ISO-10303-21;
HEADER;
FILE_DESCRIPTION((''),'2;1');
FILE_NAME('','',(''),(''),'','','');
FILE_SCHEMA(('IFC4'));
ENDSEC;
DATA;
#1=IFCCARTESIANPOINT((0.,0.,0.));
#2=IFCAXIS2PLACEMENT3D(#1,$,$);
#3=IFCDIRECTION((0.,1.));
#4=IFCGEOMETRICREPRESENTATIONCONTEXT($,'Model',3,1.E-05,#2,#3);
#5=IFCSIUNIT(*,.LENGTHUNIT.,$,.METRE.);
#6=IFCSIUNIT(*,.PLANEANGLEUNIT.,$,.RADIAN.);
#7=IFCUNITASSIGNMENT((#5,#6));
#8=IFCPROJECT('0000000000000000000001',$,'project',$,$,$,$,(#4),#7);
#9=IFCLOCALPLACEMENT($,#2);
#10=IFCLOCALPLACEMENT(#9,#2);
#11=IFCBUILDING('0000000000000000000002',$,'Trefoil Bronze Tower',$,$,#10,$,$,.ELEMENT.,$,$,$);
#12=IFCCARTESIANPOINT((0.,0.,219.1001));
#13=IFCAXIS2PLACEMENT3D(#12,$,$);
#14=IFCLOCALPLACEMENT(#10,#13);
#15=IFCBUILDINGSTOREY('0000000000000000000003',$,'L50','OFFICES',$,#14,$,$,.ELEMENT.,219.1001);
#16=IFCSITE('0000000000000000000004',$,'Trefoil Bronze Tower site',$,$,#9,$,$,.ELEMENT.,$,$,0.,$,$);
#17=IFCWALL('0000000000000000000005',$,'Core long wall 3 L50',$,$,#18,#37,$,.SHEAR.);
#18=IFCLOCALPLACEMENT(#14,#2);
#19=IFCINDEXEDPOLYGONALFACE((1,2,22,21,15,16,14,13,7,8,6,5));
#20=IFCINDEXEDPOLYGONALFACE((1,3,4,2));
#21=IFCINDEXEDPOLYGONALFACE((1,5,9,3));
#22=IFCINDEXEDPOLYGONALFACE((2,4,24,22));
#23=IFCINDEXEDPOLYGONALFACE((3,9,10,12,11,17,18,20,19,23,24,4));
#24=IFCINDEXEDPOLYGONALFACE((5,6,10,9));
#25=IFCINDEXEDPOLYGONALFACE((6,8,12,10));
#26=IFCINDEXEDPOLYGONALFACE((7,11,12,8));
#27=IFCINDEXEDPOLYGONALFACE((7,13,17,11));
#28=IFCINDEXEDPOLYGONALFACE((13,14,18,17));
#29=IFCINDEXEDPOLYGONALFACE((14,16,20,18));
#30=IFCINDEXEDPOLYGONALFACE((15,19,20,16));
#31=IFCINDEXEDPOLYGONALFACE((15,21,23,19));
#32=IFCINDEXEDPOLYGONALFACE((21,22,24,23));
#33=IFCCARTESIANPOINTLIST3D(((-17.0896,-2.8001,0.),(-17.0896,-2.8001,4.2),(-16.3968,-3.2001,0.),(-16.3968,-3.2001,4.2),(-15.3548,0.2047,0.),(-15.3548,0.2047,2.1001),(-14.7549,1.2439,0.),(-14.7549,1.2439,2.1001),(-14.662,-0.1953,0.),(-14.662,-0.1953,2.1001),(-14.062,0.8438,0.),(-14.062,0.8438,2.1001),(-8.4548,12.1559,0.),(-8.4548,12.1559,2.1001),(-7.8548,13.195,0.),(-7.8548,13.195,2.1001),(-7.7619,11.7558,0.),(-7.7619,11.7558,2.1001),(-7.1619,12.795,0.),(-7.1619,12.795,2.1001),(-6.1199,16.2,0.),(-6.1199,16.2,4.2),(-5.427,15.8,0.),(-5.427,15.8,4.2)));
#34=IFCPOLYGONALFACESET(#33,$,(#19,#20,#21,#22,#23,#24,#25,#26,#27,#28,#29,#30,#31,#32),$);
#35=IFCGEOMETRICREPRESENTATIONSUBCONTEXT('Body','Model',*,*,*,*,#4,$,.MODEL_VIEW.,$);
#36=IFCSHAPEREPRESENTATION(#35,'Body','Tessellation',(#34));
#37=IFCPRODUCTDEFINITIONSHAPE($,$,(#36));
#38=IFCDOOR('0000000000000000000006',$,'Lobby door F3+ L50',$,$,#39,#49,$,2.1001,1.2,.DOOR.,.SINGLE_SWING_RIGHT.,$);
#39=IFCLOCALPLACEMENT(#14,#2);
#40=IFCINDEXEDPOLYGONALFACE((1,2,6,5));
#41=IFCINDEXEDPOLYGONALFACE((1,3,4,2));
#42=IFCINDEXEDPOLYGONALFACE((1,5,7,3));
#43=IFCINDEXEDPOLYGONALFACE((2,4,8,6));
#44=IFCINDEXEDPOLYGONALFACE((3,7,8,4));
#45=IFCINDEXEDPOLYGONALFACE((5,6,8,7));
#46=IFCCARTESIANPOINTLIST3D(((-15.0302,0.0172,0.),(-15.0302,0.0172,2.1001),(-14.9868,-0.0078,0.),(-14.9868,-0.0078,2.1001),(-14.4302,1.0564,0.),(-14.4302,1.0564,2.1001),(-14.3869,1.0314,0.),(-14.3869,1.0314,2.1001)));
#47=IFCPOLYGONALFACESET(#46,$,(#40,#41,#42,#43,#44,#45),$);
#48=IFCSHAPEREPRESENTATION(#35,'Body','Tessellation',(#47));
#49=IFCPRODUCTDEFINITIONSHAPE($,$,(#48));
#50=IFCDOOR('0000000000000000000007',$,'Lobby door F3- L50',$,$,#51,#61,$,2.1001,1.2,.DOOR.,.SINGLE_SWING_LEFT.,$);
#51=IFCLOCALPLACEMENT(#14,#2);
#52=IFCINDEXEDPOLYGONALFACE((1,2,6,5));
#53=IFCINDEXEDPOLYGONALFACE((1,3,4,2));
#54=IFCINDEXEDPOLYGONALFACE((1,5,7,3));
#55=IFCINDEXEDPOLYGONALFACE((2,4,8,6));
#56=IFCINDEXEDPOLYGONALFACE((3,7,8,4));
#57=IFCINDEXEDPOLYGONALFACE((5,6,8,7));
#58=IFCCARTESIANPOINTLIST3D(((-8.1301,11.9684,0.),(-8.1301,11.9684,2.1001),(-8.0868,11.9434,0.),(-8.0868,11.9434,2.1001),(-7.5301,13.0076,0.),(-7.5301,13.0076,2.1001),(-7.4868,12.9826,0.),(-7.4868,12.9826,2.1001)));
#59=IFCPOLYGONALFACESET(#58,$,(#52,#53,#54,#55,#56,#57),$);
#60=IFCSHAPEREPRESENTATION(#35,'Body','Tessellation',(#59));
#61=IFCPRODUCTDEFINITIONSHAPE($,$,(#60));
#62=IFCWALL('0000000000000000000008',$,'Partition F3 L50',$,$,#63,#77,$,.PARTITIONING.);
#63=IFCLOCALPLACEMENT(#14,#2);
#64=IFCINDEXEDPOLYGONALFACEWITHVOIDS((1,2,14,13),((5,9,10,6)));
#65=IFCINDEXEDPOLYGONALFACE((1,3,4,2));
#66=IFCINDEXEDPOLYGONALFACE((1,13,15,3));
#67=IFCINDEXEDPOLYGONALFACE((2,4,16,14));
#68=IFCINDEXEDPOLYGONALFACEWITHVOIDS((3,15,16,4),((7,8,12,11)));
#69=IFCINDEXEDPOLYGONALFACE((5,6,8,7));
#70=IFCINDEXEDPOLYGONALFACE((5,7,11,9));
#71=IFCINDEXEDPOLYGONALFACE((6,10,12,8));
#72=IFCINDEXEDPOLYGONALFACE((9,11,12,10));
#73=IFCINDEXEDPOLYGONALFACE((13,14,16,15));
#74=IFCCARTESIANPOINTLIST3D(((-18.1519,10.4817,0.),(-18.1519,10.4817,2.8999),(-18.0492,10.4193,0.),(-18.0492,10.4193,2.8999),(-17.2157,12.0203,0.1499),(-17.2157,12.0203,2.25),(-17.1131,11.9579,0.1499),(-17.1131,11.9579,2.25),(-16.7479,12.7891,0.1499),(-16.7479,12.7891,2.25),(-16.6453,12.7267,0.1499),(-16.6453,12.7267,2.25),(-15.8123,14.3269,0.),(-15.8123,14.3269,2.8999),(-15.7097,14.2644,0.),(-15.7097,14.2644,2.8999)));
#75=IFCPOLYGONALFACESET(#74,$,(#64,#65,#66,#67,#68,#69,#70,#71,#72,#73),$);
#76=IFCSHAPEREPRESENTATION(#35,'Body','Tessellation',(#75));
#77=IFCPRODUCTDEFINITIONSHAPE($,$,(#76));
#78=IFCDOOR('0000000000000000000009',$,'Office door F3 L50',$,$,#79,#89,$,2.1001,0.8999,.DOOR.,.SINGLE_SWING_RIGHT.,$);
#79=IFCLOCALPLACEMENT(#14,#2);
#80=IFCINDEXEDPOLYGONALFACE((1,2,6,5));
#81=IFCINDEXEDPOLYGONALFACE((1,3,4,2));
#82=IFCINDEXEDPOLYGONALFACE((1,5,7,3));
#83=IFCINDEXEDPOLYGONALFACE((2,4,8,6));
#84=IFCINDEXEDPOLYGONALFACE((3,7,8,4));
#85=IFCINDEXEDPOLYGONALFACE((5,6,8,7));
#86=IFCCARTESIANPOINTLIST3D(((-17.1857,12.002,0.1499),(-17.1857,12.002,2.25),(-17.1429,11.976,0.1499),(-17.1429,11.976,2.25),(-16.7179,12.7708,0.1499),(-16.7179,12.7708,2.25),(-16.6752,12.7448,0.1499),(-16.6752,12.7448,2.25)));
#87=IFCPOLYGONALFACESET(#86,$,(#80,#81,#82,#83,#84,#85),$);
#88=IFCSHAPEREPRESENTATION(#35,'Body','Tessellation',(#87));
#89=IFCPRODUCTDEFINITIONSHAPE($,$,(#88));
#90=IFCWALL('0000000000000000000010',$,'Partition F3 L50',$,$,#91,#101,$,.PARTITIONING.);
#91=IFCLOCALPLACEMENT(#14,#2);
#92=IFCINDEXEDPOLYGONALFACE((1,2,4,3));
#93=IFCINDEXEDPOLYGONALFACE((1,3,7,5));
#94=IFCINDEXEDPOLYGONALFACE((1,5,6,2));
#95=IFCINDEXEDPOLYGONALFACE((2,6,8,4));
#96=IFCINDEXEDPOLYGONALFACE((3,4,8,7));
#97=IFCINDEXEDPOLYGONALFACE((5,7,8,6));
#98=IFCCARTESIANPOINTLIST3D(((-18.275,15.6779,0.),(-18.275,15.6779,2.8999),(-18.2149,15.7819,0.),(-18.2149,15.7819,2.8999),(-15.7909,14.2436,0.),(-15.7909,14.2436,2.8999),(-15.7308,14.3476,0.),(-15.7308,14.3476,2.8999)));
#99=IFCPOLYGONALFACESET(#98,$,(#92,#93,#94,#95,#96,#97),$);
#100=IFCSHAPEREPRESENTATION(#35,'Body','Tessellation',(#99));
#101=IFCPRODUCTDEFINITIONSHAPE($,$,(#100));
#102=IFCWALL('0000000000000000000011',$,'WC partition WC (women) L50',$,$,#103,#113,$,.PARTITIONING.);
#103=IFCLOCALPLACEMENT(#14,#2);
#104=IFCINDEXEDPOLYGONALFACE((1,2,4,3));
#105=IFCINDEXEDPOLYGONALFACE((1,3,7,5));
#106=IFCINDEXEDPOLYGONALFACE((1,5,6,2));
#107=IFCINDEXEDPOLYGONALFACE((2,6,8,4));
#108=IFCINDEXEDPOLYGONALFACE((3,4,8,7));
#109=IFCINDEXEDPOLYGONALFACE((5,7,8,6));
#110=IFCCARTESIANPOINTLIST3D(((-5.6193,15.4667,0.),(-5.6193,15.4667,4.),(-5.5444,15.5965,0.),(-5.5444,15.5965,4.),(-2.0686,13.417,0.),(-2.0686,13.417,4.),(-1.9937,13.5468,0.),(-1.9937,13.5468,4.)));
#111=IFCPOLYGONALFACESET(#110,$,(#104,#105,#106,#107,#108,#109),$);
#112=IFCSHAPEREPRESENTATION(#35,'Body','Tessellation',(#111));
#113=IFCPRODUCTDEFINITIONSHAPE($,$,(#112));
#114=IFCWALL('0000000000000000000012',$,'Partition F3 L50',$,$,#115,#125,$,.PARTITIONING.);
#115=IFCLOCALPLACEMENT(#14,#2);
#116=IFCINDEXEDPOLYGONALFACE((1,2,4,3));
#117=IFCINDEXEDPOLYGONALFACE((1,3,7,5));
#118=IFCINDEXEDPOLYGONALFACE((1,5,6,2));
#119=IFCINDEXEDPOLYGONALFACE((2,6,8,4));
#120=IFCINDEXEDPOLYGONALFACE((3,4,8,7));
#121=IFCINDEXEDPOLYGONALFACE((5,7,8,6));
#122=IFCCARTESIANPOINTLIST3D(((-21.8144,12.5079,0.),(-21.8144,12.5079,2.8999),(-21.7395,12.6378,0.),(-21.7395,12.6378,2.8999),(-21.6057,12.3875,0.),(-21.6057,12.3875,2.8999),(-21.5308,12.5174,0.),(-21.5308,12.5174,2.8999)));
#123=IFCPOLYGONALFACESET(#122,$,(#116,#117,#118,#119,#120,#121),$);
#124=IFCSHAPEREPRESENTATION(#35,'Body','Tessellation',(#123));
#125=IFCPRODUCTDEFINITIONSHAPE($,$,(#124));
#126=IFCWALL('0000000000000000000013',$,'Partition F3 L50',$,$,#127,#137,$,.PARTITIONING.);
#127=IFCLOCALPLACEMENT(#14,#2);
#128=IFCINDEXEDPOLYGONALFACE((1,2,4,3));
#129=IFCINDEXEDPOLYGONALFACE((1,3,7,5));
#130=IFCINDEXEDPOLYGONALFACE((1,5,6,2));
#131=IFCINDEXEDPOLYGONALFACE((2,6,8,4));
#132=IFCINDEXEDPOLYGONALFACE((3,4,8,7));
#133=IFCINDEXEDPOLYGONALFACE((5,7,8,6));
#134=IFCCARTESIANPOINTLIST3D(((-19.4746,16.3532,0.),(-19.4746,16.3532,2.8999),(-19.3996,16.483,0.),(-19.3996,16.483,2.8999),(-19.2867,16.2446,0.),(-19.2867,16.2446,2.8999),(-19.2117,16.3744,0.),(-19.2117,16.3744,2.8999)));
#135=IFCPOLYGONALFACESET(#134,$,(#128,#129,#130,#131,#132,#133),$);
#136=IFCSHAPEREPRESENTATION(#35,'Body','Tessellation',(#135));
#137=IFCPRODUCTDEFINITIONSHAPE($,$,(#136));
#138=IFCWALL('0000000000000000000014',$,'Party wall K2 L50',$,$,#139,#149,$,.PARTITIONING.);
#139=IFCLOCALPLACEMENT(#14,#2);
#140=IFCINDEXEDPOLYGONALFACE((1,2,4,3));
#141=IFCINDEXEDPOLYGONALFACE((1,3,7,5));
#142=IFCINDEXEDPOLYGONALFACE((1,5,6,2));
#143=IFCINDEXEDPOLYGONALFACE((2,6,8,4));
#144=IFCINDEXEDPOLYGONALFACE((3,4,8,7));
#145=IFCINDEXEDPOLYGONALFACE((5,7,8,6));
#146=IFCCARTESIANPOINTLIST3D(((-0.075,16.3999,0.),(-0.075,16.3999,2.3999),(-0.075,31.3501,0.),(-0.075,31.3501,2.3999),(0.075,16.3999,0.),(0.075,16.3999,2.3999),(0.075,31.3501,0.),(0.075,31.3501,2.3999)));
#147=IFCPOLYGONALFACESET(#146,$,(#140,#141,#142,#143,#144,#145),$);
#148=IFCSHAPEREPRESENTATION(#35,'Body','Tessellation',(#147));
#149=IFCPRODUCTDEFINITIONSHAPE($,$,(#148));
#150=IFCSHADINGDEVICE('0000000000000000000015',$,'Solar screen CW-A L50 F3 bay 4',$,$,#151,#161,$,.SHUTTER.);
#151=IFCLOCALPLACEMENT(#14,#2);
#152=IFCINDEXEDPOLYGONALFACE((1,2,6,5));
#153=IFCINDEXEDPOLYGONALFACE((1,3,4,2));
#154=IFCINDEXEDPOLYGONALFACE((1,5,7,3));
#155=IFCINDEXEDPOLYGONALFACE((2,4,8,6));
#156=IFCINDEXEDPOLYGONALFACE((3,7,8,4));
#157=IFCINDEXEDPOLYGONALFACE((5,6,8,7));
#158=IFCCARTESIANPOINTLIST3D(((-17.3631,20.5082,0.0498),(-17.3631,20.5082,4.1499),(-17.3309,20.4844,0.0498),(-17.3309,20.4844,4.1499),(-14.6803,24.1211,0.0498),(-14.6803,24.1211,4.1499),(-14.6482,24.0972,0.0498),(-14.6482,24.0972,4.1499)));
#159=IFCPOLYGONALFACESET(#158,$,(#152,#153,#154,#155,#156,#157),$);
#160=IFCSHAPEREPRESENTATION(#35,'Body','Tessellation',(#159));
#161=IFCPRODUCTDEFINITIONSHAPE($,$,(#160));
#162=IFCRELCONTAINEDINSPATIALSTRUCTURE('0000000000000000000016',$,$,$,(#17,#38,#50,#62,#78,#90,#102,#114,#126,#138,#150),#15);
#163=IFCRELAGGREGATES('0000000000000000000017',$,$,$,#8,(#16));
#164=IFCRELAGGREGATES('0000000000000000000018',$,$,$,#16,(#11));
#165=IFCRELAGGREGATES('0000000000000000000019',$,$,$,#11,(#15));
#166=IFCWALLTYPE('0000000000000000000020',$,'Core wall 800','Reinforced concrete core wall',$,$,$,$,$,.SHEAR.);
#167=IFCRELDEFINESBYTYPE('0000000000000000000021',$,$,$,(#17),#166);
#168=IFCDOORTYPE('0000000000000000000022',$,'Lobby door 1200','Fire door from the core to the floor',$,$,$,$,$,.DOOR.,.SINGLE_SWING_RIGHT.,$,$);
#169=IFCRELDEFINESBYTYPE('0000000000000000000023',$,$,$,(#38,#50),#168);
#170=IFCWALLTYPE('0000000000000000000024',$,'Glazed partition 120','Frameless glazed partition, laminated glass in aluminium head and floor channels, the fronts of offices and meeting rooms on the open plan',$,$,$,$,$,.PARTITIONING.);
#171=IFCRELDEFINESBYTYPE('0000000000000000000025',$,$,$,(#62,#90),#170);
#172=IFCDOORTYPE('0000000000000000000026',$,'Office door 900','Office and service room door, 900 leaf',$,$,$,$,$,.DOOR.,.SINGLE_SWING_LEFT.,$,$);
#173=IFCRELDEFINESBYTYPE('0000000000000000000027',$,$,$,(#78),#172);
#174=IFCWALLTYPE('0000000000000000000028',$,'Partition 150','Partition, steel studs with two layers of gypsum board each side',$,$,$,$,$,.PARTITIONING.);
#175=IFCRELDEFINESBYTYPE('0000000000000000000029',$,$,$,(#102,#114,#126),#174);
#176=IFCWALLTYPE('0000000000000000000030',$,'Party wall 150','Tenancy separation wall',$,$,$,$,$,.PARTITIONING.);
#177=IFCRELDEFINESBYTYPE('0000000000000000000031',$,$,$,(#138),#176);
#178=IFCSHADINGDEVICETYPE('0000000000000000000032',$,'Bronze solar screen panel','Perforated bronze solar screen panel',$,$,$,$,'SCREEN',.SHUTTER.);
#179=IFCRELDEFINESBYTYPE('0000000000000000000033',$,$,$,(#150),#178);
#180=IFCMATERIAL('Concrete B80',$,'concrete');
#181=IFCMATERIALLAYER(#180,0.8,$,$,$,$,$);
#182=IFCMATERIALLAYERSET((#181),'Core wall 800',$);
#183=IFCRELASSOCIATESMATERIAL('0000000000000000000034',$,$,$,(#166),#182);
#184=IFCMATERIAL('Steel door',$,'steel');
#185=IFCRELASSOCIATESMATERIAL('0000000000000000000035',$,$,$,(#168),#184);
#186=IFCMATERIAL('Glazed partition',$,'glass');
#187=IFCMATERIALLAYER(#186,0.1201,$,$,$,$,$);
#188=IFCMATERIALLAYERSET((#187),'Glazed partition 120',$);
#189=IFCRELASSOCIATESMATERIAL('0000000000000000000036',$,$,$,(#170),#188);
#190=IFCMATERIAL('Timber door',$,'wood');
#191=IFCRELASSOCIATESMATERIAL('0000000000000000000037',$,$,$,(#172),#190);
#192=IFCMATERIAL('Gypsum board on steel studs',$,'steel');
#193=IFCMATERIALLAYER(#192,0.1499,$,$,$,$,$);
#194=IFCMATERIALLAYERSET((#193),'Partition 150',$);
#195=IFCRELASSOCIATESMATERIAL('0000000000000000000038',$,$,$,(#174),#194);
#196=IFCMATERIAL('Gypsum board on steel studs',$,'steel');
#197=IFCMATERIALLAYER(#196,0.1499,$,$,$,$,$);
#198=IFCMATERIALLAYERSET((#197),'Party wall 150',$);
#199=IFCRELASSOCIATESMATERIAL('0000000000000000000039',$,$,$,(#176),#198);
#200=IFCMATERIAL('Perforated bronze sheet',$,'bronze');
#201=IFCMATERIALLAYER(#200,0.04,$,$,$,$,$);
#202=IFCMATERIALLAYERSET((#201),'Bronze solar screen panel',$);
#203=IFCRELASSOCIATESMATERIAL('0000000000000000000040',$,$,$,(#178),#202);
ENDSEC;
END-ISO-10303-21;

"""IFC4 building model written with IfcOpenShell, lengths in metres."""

from ifc_helpers import new_model, si_unit, direction, frame, frame_2d, origin, origin_2d, place, context, subcontext, project, spatial, rectangle, extrude, material, layer, layer_set, type_object, element, fill, save


model = new_model("IFC4")

# Units and contexts
model_context = context("Model", 3, precision=1e-05, world=origin(), true_north=direction((0.0, 1.0)))
body_context = subcontext(model_context, "Body", "Model", "MODEL_VIEW")
ifc_project = project(units=[si_unit("LENGTHUNIT", "METRE"), si_unit("PLANEANGLEUNIT", "RADIAN")], contexts=[model_context])

# Site, building, storey
site_placement = place(None, origin())
site = spatial("IfcSite", under=ifc_project, at=site_placement, Name="Trefoil Bronze Tower site", CompositionType="ELEMENT", RefElevation=0.0)
building_placement = place(site_placement, origin())
building = spatial("IfcBuilding", under=site, at=building_placement, Name="Trefoil Bronze Tower", CompositionType="ELEMENT")
storey_placement = place(building_placement, frame((0.0, 0.0, 219.1001)))
storey = spatial("IfcBuildingStorey", under=building, at=storey_placement, Name="L50", Description="OFFICES", CompositionType="ELEMENT", Elevation=219.1001)

# Wall, openings, doors
ifc_material_1 = material(Name="Concrete B80", Category="concrete")
ifc_layer_1 = layer(ifc_material_1, 0.8)
ifc_layer_set_1 = layer_set([ifc_layer_1], Name="Core wall 800")
wall_type_1 = type_object("IfcWallType", Name="Core wall 800", Description="Reinforced concrete core wall", PredefinedType="SHEAR", material=ifc_layer_set_1)
wall_1_placement = place(storey_placement, frame((-5.7734, 16.0, 0.0), z_axis=(0.0, 0.0, 1.0), x_axis=(-0.500002, -0.866024, 0.0)))
wall_1 = element("IfcWall", 1, at=wall_1_placement, inside=storey, type_object=wall_type_1, Name="Core long wall 3 L50", PredefinedType="SHEAR", context=body_context, shape_type="SweptSolid", body=[
    extrude(rectangle(XDim=21.9395, YDim=0.8, at=frame_2d((10.9697, 0.0))), origin(), (0.0, 0.0, 1.0), 4.2),
])
opening_1_placement = place(wall_1_placement, frame((17.2698, 0.0, 0.0)))
opening_1 = element("IfcOpeningElement", 2, at=opening_1_placement, cuts=wall_1, PredefinedType="OPENING", context=body_context, shape_type="SweptSolid", body=[
    extrude(rectangle(XDim=1.2, YDim=2.1001, at=frame_2d((0.6001, 1.05))), frame((0.0, 0.4099, 0.0), z_axis=(0.0, -1.0, 0.0), x_axis=(1.0, 0.0, 0.0)), (0.0, 0.0, 1.0), 0.8201),
])
opening_2_placement = place(wall_1_placement, frame((3.4697, 0.0, 0.0)))
opening_2 = element("IfcOpeningElement", 3, at=opening_2_placement, cuts=wall_1, PredefinedType="OPENING", context=body_context, shape_type="SweptSolid", body=[
    extrude(rectangle(XDim=1.2, YDim=2.1001, at=frame_2d((0.6001, 1.05))), frame((0.0, 0.4099, 0.0), z_axis=(0.0, -1.0, 0.0), x_axis=(1.0, 0.0, 0.0)), (0.0, 0.0, 1.0), 0.8201),
])
ifc_material_2 = material(Name="Steel door", Category="steel")
door_type_1 = type_object("IfcDoorType", Name="Lobby door 1200", Description="Fire door from the core to the floor", OperationType="SINGLE_SWING_RIGHT", PredefinedType="DOOR", material=ifc_material_2)
door_1_placement = place(opening_1_placement, origin())
door_1 = element("IfcDoor", 4, at=door_1_placement, inside=storey, type_object=door_type_1, Name="Lobby door F3+ L50", OperationType="SINGLE_SWING_RIGHT", OverallHeight=2.1001, OverallWidth=1.2, PredefinedType="DOOR", context=body_context, shape_type="SweptSolid", body=[
    extrude(rectangle(XDim=1.2, YDim=2.1001, at=frame_2d((0.6001, 1.05))), frame((0.0, 0.0249, 0.0), z_axis=(0.0, -1.0, 0.0), x_axis=(1.0, 0.0, 0.0)), (0.0, 0.0, 1.0), 0.05),
])
fill(opening_1, door_1)
door_2_placement = place(opening_2_placement, origin())
door_2 = element("IfcDoor", 5, at=door_2_placement, inside=storey, type_object=door_type_1, Name="Lobby door F3- L50", OperationType="SINGLE_SWING_LEFT", OverallHeight=2.1001, OverallWidth=1.2, PredefinedType="DOOR", context=body_context, shape_type="SweptSolid", body=[
    extrude(rectangle(XDim=1.2, YDim=2.1001, at=frame_2d((0.6001, 1.05))), frame((0.0, 0.0249, 0.0), z_axis=(0.0, -1.0, 0.0), x_axis=(1.0, 0.0, 0.0)), (0.0, 0.0, 1.0), 0.05),
])
fill(opening_2, door_2)

# Wall, opening, door
ifc_material_3 = material(Name="Glazed partition", Category="glass")
ifc_layer_2 = layer(ifc_material_3, 0.1201)
ifc_layer_set_2 = layer_set([ifc_layer_2], Name="Glazed partition 120")
wall_type_2 = type_object("IfcWallType", Name="Glazed partition 120", Description="Frameless glazed partition, laminated glass in aluminium head and floor channels, the fronts of offices and meeting rooms on the open plan", PredefinedType="PARTITIONING", material=ifc_layer_set_2)
wall_2_placement = place(storey_placement, frame((-15.761, 14.2957, 0.0), z_axis=(0.0, 0.0, 1.0), x_axis=(-0.51979, -0.854294, 0.0)))
wall_2 = element("IfcWall", 6, at=wall_2_placement, inside=storey, type_object=wall_type_2, Name="Partition F3 L50", PredefinedType="PARTITIONING", context=body_context, shape_type="SweptSolid", body=[
    extrude(rectangle(XDim=4.501, YDim=0.1201, at=frame_2d((2.2505, 0.0))), origin(), (0.0, 0.0, 1.0), 2.8999),
])
opening_3_placement = place(wall_2_placement, frame((1.8, 0.0, 0.1499)))
opening_3 = element("IfcOpeningElement", 7, at=opening_3_placement, cuts=wall_2, PredefinedType="OPENING", context=body_context, shape_type="SweptSolid", body=[
    extrude(rectangle(XDim=0.8999, YDim=2.1001, at=frame_2d((0.45, 1.05))), frame((0.0, 0.0701, 0.0), z_axis=(0.0, -1.0, 0.0), x_axis=(1.0, 0.0, 0.0)), (0.0, 0.0, 1.0), 0.1401),
])
ifc_material_4 = material(Name="Timber door", Category="wood")
door_type_2 = type_object("IfcDoorType", Name="Office door 900", Description="Office and service room door, 900 leaf", OperationType="SINGLE_SWING_LEFT", PredefinedType="DOOR", material=ifc_material_4)
door_3_placement = place(opening_3_placement, frame((0.8999, 0.0, 0.0), z_axis=(0.0, 0.0, 1.0), x_axis=(-1.0, 0.0, 0.0)))
door_3 = element("IfcDoor", 8, at=door_3_placement, inside=storey, type_object=door_type_2, Name="Office door F3 L50", OperationType="SINGLE_SWING_RIGHT", OverallHeight=2.1001, OverallWidth=0.8999, PredefinedType="DOOR", context=body_context, shape_type="SweptSolid", body=[
    extrude(rectangle(XDim=0.8999, YDim=2.1001, at=frame_2d((0.45, 1.05))), frame((0.0, 0.0249, 0.0), z_axis=(0.0, -1.0, 0.0), x_axis=(1.0, 0.0, 0.0)), (0.0, 0.0, 1.0), 0.05),
])
fill(opening_3, door_3)

# Walls
wall_3_placement = place(storey_placement, frame((-15.761, 14.2957, 0.0), z_axis=(0.0, 0.0, 1.0), x_axis=(-0.866008, 0.500029, 0.0)))
element("IfcWall", 9, at=wall_3_placement, inside=storey, type_object=wall_type_2, Name="Partition F3 L50", PredefinedType="PARTITIONING", context=body_context, shape_type="SweptSolid", body=[
    extrude(rectangle(XDim=2.8684, YDim=0.1201, at=frame_2d((1.4341, 0.0))), origin(), (0.0, 0.0, 1.0), 2.8999),
])
ifc_material_5 = material(Name="Gypsum board on steel studs", Category="steel")
ifc_layer_3 = layer(ifc_material_5, 0.1499)
ifc_layer_set_3 = layer_set([ifc_layer_3], Name="Partition 150")
wall_type_3 = type_object("IfcWallType", Name="Partition 150", Description="Partition, steel studs with two layers of gypsum board each side", PredefinedType="PARTITIONING", material=ifc_layer_set_3)
wall_4_placement = place(storey_placement, frame((-2.0312, 13.4819, 0.0), z_axis=(0.0, 0.0, 1.0), x_axis=(-0.866051, 0.499956, 0.0)))
element("IfcWall", 10, at=wall_4_placement, inside=storey, type_object=wall_type_3, Name="WC partition WC (women) L50", PredefinedType="PARTITIONING", context=body_context, shape_type="SweptSolid", body=[
    extrude(rectangle(XDim=4.0999, YDim=0.1499, at=frame_2d((2.0498, 0.0))), origin(), (0.0, 0.0, 1.0), 4.0),
])
wall_5_placement = place(storey_placement, frame((-21.5681, 12.4524, 0.0), z_axis=(0.0, 0.0, 1.0), x_axis=(-0.866304, 0.499518, 0.0)))
element("IfcWall", 11, at=wall_5_placement, inside=storey, type_object=wall_type_3, Name="Partition F3 L50", PredefinedType="PARTITIONING", context=body_context, shape_type="SweptSolid", body=[
    extrude(rectangle(XDim=0.241, YDim=0.1499, at=frame_2d((0.1206, 0.0))), origin(), (0.0, 0.0, 1.0), 2.8999),
])
wall_6_placement = place(storey_placement, frame((-19.2493, 16.3096, 0.0), z_axis=(0.0, 0.0, 1.0), x_axis=(-0.865811, 0.500371, 0.0)))
element("IfcWall", 12, at=wall_6_placement, inside=storey, type_object=wall_type_3, Name="Partition F3 L50", PredefinedType="PARTITIONING", context=body_context, shape_type="SweptSolid", body=[
    extrude(rectangle(XDim=0.217, YDim=0.1499, at=frame_2d((0.1084, 0.0))), origin(), (0.0, 0.0, 1.0), 2.8999),
])
ifc_material_6 = material(Name="Gypsum board on steel studs", Category="steel")
ifc_layer_4 = layer(ifc_material_6, 0.1499)
ifc_layer_set_4 = layer_set([ifc_layer_4], Name="Party wall 150")
wall_type_4 = type_object("IfcWallType", Name="Party wall 150", Description="Tenancy separation wall", PredefinedType="PARTITIONING", material=ifc_layer_set_4)
wall_7_placement = place(storey_placement, frame((0.0, 16.3999, 0.0), z_axis=(0.0, 0.0, 1.0), x_axis=(0.0, 1.0, 0.0)))
element("IfcWall", 13, at=wall_7_placement, inside=storey, type_object=wall_type_4, Name="Party wall K2 L50", PredefinedType="PARTITIONING", context=body_context, shape_type="SweptSolid", body=[
    extrude(rectangle(XDim=14.9502, YDim=0.1499, at=frame_2d((7.4751, 0.0))), origin(), (0.0, 0.0, 1.0), 2.3999),
])

# Shading device
ifc_material_7 = material(Name="Perforated bronze sheet", Category="bronze")
ifc_layer_5 = layer(ifc_material_7, 0.04)
ifc_layer_set_5 = layer_set([ifc_layer_5], Name="Bronze solar screen panel")
shading_device_type = type_object("IfcShadingDeviceType", Name="Bronze solar screen panel", Description="Perforated bronze solar screen panel", ElementType="SCREEN", PredefinedType="SHUTTER", material=ifc_layer_set_5)
shading_device_1_placement = place(storey_placement, frame((-16.0056, 22.3027, 0.0498), z_axis=(0.0, 0.0, 1.0), x_axis=(-0.596162, -0.802865, 0.0)))
element("IfcShadingDevice", 14, at=shading_device_1_placement, inside=storey, type_object=shading_device_type, Name="Solar screen CW-A L50 F3 bay 4", PredefinedType="SHUTTER", context=body_context, shape_type="SweptSolid", body=[
    extrude(rectangle(XDim=4.5, YDim=0.04, at=origin_2d()), origin(), (0.0, 0.0, 1.0), 4.1001),
])

save(model, "model.ifc")
